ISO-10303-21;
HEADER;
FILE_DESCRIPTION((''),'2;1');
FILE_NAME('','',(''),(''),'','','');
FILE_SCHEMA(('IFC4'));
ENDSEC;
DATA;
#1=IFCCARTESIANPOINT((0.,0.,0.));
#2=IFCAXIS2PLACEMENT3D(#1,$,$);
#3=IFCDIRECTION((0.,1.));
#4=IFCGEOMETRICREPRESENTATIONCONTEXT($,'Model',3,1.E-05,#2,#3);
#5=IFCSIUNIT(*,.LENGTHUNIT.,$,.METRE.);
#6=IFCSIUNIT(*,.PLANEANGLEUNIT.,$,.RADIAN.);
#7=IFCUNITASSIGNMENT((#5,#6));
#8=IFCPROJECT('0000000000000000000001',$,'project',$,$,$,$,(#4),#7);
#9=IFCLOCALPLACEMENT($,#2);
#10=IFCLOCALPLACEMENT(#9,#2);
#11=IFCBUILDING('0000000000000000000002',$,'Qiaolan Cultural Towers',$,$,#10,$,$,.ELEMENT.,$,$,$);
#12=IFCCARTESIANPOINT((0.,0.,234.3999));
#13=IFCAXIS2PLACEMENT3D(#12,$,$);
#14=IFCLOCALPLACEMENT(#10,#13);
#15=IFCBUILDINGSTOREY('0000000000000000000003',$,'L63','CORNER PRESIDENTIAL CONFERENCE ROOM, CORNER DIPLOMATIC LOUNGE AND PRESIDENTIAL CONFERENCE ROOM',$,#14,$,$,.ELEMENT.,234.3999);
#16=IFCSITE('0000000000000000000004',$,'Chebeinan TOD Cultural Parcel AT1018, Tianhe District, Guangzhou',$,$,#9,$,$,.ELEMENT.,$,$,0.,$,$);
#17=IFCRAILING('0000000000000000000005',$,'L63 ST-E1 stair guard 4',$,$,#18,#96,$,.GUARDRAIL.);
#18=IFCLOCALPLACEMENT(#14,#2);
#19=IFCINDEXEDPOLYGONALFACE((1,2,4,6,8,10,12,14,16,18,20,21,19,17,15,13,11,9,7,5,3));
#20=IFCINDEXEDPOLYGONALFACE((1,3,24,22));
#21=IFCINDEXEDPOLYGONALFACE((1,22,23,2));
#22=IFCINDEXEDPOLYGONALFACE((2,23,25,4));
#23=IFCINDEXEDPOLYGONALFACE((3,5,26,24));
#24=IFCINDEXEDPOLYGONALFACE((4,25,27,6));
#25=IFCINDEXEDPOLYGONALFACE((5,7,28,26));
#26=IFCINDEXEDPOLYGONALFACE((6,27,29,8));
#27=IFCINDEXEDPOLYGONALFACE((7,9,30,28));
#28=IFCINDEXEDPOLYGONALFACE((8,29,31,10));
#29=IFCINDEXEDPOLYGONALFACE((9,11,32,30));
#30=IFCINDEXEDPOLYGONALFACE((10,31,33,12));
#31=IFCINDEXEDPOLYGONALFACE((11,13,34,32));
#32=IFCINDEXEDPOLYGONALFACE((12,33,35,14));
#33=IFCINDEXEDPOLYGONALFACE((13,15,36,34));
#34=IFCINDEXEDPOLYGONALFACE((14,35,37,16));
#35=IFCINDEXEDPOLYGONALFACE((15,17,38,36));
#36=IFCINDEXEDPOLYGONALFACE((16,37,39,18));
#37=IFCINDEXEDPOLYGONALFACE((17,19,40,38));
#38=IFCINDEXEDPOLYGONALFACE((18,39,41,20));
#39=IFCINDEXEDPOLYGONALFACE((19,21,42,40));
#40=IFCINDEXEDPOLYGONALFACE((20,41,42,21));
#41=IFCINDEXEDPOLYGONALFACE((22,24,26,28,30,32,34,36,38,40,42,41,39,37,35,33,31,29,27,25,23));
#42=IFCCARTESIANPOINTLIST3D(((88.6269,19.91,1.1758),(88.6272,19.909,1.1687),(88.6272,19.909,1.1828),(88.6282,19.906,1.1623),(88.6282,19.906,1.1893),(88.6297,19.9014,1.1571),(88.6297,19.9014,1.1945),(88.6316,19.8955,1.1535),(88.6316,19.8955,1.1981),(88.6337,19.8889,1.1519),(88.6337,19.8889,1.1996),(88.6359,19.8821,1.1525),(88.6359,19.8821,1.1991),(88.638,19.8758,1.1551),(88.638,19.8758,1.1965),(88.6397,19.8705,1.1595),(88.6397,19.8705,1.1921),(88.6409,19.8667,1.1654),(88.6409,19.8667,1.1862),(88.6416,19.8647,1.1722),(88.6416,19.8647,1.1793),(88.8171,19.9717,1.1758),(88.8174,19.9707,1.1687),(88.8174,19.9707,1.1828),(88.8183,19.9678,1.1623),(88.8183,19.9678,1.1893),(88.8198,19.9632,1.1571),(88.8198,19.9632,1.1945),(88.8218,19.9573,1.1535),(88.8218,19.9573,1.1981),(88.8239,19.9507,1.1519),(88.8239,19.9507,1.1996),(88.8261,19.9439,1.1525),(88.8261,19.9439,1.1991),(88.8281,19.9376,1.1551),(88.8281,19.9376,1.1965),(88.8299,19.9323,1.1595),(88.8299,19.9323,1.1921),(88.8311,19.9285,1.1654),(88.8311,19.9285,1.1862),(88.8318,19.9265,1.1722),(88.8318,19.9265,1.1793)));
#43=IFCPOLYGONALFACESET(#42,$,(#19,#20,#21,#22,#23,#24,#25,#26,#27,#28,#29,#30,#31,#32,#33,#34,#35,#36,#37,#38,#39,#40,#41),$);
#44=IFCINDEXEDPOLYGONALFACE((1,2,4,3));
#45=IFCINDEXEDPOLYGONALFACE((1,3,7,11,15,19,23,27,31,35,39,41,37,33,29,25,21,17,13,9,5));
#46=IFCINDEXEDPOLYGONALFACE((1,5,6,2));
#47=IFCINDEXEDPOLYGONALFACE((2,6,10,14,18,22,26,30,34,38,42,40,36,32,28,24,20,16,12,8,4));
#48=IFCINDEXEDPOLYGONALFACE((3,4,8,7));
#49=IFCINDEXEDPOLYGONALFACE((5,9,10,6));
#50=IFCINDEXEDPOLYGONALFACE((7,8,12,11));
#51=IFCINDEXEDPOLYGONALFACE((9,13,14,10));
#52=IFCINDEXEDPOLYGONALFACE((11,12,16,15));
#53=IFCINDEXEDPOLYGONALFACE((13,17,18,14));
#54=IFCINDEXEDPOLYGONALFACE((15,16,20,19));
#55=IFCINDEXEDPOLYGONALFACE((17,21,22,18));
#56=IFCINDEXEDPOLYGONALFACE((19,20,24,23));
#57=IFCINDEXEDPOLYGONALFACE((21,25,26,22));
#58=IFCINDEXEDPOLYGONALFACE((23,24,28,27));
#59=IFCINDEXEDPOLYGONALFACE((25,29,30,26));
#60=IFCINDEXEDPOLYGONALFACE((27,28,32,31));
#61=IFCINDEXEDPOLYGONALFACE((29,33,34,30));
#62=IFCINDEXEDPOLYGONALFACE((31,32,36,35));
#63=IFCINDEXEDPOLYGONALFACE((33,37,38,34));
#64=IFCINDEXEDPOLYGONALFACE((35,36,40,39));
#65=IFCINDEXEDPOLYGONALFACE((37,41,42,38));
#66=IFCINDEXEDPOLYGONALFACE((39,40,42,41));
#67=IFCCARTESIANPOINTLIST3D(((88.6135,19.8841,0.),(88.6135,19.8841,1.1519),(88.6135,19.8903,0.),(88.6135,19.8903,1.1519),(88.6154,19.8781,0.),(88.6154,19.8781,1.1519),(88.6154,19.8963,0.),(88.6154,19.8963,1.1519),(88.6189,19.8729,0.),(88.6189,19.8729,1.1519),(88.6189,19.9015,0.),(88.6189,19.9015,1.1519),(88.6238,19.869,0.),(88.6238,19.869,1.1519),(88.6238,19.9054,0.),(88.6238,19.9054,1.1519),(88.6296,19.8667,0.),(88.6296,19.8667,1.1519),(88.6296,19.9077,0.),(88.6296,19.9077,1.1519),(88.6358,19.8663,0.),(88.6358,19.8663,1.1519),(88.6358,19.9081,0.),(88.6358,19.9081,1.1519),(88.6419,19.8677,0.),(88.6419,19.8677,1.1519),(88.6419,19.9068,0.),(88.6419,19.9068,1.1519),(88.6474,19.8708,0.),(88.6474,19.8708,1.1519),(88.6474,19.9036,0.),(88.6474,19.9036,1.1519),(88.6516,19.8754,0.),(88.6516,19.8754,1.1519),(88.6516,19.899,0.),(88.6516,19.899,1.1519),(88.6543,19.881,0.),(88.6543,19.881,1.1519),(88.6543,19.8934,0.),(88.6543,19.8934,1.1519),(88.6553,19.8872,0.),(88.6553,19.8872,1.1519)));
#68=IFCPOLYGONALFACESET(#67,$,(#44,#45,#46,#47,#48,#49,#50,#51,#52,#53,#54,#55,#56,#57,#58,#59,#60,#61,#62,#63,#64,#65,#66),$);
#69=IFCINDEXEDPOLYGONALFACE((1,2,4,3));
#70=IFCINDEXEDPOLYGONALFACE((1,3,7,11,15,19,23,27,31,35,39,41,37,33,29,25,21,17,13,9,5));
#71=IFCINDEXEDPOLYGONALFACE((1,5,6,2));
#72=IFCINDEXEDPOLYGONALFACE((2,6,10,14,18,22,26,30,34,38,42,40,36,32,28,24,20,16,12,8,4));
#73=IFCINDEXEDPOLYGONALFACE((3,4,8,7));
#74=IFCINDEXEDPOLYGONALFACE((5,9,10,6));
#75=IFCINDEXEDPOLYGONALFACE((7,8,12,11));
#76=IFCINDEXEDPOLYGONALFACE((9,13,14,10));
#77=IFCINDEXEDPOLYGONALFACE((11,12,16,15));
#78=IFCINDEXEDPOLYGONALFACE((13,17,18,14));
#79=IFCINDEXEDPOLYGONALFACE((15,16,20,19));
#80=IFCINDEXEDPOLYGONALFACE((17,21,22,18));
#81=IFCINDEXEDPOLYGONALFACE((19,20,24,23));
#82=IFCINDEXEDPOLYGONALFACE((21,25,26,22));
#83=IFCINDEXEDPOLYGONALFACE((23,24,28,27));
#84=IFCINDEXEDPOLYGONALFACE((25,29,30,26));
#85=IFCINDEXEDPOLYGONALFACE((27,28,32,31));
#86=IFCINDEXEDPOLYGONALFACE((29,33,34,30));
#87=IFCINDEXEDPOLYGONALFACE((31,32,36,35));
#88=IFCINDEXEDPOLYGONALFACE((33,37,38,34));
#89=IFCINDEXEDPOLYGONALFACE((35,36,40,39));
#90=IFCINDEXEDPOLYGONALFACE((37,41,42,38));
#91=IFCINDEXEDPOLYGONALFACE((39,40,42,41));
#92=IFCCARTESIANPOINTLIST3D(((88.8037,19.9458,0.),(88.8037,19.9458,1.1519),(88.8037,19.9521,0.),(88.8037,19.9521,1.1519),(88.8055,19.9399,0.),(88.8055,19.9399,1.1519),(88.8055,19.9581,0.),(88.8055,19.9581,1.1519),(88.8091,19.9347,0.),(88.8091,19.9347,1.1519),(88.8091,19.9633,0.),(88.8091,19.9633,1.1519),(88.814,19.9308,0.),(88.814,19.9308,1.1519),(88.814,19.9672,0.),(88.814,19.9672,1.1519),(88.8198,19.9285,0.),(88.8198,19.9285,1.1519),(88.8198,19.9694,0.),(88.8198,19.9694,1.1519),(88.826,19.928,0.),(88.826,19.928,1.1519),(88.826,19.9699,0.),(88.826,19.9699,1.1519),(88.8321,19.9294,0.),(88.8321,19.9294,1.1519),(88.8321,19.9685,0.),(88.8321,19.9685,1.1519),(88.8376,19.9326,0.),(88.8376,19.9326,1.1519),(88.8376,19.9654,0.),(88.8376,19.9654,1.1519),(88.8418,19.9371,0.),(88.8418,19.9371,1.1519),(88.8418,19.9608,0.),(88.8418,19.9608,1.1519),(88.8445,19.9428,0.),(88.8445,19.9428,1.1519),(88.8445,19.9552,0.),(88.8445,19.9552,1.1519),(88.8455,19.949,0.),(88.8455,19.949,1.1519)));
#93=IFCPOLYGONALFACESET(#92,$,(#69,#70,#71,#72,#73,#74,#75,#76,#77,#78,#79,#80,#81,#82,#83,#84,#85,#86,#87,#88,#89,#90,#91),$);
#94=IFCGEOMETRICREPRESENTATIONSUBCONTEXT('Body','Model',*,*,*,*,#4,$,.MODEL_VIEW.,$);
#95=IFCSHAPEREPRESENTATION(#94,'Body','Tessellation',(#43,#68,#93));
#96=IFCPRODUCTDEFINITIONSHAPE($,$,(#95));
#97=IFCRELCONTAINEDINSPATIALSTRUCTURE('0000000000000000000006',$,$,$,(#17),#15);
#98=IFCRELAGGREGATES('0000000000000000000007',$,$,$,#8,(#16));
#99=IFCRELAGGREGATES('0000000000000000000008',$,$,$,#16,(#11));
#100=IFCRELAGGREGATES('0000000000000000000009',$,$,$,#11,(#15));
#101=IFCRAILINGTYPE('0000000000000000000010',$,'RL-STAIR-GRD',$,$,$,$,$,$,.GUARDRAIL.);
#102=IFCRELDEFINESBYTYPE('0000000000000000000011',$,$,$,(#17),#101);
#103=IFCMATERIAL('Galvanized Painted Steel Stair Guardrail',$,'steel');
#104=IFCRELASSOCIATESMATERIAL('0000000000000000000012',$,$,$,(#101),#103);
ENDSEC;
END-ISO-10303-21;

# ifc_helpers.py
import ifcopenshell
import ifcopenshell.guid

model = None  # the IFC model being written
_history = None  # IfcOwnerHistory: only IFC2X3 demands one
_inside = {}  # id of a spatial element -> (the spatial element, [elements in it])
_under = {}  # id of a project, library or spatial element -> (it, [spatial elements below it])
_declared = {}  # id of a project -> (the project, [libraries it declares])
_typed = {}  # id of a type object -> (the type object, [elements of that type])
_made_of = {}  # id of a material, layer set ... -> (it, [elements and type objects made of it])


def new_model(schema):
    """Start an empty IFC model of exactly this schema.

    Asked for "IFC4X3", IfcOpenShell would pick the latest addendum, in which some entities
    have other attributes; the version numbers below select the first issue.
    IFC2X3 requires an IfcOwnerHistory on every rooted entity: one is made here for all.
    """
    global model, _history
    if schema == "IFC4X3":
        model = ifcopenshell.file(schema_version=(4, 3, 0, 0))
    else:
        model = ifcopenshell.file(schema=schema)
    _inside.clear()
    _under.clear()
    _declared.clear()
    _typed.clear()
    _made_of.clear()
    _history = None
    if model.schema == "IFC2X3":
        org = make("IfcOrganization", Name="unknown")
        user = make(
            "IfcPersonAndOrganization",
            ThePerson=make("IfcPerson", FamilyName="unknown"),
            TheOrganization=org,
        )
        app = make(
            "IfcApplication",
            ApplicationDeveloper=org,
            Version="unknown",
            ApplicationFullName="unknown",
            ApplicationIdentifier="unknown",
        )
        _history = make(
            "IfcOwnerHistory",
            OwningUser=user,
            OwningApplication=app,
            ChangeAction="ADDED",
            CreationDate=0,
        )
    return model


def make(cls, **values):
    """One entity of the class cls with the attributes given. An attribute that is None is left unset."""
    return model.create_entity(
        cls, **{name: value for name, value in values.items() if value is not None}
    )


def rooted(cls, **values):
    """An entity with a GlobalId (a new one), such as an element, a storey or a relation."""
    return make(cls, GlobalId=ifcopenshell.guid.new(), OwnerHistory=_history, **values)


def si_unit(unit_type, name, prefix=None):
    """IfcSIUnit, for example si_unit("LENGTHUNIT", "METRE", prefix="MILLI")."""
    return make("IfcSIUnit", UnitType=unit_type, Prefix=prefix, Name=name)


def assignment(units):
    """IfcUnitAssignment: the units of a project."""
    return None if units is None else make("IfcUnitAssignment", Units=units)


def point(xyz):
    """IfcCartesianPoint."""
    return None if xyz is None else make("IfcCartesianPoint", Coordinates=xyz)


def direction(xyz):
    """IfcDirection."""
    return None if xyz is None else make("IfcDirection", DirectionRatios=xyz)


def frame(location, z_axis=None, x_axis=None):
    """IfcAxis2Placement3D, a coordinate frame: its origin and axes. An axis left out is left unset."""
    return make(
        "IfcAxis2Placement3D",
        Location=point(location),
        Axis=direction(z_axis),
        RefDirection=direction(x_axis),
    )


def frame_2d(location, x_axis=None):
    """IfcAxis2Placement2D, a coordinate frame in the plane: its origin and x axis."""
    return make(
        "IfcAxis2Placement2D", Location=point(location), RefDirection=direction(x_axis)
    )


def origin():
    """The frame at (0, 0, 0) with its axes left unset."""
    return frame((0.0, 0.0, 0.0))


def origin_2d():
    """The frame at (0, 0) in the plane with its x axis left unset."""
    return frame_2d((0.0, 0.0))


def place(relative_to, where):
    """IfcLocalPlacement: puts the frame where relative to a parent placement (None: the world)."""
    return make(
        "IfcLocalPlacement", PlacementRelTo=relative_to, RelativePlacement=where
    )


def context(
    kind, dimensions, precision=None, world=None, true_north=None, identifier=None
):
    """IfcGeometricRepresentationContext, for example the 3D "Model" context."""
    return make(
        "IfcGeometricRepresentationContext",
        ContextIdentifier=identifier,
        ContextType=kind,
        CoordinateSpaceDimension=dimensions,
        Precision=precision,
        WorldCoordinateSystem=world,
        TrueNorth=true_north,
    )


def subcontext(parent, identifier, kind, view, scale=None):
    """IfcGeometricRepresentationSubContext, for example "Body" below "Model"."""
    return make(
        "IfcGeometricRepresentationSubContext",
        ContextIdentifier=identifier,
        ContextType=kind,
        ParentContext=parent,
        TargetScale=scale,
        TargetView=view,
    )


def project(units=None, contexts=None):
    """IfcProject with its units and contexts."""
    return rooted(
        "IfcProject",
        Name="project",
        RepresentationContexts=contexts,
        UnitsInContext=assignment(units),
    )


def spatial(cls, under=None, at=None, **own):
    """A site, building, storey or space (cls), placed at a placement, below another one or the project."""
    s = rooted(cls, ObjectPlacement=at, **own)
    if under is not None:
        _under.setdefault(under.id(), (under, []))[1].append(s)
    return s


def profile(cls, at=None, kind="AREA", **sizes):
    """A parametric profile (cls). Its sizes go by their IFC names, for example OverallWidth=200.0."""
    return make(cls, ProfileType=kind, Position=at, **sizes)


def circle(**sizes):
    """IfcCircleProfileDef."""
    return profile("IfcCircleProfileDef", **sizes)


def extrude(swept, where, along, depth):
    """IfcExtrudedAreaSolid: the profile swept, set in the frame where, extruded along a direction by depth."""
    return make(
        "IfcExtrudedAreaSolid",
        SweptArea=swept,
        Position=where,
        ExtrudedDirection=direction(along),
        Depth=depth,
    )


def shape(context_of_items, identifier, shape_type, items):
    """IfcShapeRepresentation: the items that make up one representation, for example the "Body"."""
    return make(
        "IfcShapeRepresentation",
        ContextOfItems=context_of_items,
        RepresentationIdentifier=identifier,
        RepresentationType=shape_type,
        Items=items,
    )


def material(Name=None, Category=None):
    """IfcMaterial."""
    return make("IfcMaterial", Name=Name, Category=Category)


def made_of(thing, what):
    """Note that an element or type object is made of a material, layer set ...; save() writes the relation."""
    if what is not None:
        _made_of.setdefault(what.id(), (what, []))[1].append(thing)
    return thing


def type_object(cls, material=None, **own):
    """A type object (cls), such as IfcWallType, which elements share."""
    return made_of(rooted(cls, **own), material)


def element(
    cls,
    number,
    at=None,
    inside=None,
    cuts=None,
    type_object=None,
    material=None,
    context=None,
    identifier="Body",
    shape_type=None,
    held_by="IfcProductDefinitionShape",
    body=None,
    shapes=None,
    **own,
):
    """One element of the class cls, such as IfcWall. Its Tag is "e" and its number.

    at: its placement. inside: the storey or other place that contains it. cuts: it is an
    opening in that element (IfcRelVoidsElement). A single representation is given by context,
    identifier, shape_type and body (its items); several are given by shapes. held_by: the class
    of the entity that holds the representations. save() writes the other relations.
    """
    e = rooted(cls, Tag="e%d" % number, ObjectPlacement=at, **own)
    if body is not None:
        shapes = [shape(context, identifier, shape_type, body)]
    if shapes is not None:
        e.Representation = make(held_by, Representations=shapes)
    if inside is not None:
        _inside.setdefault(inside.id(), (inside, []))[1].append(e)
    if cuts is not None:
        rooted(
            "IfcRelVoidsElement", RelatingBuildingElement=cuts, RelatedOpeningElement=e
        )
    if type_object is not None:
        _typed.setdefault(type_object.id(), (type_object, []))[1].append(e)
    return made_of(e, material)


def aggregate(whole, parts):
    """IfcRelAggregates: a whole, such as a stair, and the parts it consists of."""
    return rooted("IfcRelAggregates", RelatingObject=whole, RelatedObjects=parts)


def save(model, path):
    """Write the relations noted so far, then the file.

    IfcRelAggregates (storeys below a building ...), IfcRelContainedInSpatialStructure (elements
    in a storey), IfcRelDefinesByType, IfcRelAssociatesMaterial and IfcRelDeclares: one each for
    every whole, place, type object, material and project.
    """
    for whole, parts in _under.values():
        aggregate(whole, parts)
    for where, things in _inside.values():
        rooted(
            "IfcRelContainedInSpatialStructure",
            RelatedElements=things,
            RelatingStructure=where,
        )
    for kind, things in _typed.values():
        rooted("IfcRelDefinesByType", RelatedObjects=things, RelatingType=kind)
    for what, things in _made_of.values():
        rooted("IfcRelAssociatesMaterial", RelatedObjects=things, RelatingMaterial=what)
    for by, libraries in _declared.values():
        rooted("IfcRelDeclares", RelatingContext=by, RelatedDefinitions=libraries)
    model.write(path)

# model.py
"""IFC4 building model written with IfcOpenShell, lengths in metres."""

from ifc_helpers import new_model, si_unit, direction, frame, origin, origin_2d, place, context, subcontext, project, spatial, circle, extrude, material, type_object, element, save


model = new_model("IFC4")

# Units and contexts
model_context = context("Model", 3, precision=1e-05, world=origin(), true_north=direction((0.0, 1.0)))
body_context = subcontext(model_context, "Body", "Model", "MODEL_VIEW")
ifc_project = project(units=[si_unit("LENGTHUNIT", "METRE"), si_unit("PLANEANGLEUNIT", "RADIAN")], contexts=[model_context])

# Site, building, storey
site_placement = place(None, origin())
site = spatial("IfcSite", under=ifc_project, at=site_placement, Name="Chebeinan TOD Cultural Parcel AT1018, Tianhe District, Guangzhou", CompositionType="ELEMENT", RefElevation=0.0)
building_placement = place(site_placement, origin())
building = spatial("IfcBuilding", under=site, at=building_placement, Name="Qiaolan Cultural Towers", CompositionType="ELEMENT")
storey_placement = place(building_placement, frame((0.0, 0.0, 234.3999)))
storey = spatial("IfcBuildingStorey", under=building, at=storey_placement, Name="L63", Description="CORNER PRESIDENTIAL CONFERENCE ROOM, CORNER DIPLOMATIC LOUNGE AND PRESIDENTIAL CONFERENCE ROOM", CompositionType="ELEMENT", Elevation=234.3999)

# Railing
ifc_material_1 = material(Name="Galvanized Painted Steel Stair Guardrail", Category="steel")
railing_type_1 = type_object("IfcRailingType", Name="RL-STAIR-GRD", PredefinedType="GUARDRAIL", material=ifc_material_1)
railing_1_placement = place(storey_placement, frame((88.6343, 19.8872, 0.0)))
element("IfcRailing", 1, at=railing_1_placement, inside=storey, type_object=railing_type_1, Name="L63 ST-E1 stair guard 4", PredefinedType="GUARDRAIL", context=body_context, shape_type="SweptSolid", body=[
    extrude(circle(Radius=0.0239, at=origin_2d()), frame((0.0, 0.0, 1.1758), z_axis=(0.951097, 0.308893, 0.0), x_axis=(-0.308893, 0.951097, 0.0)), (0.0, 0.0, 1.0), 0.2),
    extrude(circle(Radius=0.021, at=origin_2d()), origin(), (0.0, 0.0, 1.0), 1.1519),
    extrude(circle(Radius=0.021, at=origin_2d()), frame((0.1902, 0.0618, 0.0)), (0.0, 0.0, 1.0), 1.1519),
])

save(model, "model.ifc")
